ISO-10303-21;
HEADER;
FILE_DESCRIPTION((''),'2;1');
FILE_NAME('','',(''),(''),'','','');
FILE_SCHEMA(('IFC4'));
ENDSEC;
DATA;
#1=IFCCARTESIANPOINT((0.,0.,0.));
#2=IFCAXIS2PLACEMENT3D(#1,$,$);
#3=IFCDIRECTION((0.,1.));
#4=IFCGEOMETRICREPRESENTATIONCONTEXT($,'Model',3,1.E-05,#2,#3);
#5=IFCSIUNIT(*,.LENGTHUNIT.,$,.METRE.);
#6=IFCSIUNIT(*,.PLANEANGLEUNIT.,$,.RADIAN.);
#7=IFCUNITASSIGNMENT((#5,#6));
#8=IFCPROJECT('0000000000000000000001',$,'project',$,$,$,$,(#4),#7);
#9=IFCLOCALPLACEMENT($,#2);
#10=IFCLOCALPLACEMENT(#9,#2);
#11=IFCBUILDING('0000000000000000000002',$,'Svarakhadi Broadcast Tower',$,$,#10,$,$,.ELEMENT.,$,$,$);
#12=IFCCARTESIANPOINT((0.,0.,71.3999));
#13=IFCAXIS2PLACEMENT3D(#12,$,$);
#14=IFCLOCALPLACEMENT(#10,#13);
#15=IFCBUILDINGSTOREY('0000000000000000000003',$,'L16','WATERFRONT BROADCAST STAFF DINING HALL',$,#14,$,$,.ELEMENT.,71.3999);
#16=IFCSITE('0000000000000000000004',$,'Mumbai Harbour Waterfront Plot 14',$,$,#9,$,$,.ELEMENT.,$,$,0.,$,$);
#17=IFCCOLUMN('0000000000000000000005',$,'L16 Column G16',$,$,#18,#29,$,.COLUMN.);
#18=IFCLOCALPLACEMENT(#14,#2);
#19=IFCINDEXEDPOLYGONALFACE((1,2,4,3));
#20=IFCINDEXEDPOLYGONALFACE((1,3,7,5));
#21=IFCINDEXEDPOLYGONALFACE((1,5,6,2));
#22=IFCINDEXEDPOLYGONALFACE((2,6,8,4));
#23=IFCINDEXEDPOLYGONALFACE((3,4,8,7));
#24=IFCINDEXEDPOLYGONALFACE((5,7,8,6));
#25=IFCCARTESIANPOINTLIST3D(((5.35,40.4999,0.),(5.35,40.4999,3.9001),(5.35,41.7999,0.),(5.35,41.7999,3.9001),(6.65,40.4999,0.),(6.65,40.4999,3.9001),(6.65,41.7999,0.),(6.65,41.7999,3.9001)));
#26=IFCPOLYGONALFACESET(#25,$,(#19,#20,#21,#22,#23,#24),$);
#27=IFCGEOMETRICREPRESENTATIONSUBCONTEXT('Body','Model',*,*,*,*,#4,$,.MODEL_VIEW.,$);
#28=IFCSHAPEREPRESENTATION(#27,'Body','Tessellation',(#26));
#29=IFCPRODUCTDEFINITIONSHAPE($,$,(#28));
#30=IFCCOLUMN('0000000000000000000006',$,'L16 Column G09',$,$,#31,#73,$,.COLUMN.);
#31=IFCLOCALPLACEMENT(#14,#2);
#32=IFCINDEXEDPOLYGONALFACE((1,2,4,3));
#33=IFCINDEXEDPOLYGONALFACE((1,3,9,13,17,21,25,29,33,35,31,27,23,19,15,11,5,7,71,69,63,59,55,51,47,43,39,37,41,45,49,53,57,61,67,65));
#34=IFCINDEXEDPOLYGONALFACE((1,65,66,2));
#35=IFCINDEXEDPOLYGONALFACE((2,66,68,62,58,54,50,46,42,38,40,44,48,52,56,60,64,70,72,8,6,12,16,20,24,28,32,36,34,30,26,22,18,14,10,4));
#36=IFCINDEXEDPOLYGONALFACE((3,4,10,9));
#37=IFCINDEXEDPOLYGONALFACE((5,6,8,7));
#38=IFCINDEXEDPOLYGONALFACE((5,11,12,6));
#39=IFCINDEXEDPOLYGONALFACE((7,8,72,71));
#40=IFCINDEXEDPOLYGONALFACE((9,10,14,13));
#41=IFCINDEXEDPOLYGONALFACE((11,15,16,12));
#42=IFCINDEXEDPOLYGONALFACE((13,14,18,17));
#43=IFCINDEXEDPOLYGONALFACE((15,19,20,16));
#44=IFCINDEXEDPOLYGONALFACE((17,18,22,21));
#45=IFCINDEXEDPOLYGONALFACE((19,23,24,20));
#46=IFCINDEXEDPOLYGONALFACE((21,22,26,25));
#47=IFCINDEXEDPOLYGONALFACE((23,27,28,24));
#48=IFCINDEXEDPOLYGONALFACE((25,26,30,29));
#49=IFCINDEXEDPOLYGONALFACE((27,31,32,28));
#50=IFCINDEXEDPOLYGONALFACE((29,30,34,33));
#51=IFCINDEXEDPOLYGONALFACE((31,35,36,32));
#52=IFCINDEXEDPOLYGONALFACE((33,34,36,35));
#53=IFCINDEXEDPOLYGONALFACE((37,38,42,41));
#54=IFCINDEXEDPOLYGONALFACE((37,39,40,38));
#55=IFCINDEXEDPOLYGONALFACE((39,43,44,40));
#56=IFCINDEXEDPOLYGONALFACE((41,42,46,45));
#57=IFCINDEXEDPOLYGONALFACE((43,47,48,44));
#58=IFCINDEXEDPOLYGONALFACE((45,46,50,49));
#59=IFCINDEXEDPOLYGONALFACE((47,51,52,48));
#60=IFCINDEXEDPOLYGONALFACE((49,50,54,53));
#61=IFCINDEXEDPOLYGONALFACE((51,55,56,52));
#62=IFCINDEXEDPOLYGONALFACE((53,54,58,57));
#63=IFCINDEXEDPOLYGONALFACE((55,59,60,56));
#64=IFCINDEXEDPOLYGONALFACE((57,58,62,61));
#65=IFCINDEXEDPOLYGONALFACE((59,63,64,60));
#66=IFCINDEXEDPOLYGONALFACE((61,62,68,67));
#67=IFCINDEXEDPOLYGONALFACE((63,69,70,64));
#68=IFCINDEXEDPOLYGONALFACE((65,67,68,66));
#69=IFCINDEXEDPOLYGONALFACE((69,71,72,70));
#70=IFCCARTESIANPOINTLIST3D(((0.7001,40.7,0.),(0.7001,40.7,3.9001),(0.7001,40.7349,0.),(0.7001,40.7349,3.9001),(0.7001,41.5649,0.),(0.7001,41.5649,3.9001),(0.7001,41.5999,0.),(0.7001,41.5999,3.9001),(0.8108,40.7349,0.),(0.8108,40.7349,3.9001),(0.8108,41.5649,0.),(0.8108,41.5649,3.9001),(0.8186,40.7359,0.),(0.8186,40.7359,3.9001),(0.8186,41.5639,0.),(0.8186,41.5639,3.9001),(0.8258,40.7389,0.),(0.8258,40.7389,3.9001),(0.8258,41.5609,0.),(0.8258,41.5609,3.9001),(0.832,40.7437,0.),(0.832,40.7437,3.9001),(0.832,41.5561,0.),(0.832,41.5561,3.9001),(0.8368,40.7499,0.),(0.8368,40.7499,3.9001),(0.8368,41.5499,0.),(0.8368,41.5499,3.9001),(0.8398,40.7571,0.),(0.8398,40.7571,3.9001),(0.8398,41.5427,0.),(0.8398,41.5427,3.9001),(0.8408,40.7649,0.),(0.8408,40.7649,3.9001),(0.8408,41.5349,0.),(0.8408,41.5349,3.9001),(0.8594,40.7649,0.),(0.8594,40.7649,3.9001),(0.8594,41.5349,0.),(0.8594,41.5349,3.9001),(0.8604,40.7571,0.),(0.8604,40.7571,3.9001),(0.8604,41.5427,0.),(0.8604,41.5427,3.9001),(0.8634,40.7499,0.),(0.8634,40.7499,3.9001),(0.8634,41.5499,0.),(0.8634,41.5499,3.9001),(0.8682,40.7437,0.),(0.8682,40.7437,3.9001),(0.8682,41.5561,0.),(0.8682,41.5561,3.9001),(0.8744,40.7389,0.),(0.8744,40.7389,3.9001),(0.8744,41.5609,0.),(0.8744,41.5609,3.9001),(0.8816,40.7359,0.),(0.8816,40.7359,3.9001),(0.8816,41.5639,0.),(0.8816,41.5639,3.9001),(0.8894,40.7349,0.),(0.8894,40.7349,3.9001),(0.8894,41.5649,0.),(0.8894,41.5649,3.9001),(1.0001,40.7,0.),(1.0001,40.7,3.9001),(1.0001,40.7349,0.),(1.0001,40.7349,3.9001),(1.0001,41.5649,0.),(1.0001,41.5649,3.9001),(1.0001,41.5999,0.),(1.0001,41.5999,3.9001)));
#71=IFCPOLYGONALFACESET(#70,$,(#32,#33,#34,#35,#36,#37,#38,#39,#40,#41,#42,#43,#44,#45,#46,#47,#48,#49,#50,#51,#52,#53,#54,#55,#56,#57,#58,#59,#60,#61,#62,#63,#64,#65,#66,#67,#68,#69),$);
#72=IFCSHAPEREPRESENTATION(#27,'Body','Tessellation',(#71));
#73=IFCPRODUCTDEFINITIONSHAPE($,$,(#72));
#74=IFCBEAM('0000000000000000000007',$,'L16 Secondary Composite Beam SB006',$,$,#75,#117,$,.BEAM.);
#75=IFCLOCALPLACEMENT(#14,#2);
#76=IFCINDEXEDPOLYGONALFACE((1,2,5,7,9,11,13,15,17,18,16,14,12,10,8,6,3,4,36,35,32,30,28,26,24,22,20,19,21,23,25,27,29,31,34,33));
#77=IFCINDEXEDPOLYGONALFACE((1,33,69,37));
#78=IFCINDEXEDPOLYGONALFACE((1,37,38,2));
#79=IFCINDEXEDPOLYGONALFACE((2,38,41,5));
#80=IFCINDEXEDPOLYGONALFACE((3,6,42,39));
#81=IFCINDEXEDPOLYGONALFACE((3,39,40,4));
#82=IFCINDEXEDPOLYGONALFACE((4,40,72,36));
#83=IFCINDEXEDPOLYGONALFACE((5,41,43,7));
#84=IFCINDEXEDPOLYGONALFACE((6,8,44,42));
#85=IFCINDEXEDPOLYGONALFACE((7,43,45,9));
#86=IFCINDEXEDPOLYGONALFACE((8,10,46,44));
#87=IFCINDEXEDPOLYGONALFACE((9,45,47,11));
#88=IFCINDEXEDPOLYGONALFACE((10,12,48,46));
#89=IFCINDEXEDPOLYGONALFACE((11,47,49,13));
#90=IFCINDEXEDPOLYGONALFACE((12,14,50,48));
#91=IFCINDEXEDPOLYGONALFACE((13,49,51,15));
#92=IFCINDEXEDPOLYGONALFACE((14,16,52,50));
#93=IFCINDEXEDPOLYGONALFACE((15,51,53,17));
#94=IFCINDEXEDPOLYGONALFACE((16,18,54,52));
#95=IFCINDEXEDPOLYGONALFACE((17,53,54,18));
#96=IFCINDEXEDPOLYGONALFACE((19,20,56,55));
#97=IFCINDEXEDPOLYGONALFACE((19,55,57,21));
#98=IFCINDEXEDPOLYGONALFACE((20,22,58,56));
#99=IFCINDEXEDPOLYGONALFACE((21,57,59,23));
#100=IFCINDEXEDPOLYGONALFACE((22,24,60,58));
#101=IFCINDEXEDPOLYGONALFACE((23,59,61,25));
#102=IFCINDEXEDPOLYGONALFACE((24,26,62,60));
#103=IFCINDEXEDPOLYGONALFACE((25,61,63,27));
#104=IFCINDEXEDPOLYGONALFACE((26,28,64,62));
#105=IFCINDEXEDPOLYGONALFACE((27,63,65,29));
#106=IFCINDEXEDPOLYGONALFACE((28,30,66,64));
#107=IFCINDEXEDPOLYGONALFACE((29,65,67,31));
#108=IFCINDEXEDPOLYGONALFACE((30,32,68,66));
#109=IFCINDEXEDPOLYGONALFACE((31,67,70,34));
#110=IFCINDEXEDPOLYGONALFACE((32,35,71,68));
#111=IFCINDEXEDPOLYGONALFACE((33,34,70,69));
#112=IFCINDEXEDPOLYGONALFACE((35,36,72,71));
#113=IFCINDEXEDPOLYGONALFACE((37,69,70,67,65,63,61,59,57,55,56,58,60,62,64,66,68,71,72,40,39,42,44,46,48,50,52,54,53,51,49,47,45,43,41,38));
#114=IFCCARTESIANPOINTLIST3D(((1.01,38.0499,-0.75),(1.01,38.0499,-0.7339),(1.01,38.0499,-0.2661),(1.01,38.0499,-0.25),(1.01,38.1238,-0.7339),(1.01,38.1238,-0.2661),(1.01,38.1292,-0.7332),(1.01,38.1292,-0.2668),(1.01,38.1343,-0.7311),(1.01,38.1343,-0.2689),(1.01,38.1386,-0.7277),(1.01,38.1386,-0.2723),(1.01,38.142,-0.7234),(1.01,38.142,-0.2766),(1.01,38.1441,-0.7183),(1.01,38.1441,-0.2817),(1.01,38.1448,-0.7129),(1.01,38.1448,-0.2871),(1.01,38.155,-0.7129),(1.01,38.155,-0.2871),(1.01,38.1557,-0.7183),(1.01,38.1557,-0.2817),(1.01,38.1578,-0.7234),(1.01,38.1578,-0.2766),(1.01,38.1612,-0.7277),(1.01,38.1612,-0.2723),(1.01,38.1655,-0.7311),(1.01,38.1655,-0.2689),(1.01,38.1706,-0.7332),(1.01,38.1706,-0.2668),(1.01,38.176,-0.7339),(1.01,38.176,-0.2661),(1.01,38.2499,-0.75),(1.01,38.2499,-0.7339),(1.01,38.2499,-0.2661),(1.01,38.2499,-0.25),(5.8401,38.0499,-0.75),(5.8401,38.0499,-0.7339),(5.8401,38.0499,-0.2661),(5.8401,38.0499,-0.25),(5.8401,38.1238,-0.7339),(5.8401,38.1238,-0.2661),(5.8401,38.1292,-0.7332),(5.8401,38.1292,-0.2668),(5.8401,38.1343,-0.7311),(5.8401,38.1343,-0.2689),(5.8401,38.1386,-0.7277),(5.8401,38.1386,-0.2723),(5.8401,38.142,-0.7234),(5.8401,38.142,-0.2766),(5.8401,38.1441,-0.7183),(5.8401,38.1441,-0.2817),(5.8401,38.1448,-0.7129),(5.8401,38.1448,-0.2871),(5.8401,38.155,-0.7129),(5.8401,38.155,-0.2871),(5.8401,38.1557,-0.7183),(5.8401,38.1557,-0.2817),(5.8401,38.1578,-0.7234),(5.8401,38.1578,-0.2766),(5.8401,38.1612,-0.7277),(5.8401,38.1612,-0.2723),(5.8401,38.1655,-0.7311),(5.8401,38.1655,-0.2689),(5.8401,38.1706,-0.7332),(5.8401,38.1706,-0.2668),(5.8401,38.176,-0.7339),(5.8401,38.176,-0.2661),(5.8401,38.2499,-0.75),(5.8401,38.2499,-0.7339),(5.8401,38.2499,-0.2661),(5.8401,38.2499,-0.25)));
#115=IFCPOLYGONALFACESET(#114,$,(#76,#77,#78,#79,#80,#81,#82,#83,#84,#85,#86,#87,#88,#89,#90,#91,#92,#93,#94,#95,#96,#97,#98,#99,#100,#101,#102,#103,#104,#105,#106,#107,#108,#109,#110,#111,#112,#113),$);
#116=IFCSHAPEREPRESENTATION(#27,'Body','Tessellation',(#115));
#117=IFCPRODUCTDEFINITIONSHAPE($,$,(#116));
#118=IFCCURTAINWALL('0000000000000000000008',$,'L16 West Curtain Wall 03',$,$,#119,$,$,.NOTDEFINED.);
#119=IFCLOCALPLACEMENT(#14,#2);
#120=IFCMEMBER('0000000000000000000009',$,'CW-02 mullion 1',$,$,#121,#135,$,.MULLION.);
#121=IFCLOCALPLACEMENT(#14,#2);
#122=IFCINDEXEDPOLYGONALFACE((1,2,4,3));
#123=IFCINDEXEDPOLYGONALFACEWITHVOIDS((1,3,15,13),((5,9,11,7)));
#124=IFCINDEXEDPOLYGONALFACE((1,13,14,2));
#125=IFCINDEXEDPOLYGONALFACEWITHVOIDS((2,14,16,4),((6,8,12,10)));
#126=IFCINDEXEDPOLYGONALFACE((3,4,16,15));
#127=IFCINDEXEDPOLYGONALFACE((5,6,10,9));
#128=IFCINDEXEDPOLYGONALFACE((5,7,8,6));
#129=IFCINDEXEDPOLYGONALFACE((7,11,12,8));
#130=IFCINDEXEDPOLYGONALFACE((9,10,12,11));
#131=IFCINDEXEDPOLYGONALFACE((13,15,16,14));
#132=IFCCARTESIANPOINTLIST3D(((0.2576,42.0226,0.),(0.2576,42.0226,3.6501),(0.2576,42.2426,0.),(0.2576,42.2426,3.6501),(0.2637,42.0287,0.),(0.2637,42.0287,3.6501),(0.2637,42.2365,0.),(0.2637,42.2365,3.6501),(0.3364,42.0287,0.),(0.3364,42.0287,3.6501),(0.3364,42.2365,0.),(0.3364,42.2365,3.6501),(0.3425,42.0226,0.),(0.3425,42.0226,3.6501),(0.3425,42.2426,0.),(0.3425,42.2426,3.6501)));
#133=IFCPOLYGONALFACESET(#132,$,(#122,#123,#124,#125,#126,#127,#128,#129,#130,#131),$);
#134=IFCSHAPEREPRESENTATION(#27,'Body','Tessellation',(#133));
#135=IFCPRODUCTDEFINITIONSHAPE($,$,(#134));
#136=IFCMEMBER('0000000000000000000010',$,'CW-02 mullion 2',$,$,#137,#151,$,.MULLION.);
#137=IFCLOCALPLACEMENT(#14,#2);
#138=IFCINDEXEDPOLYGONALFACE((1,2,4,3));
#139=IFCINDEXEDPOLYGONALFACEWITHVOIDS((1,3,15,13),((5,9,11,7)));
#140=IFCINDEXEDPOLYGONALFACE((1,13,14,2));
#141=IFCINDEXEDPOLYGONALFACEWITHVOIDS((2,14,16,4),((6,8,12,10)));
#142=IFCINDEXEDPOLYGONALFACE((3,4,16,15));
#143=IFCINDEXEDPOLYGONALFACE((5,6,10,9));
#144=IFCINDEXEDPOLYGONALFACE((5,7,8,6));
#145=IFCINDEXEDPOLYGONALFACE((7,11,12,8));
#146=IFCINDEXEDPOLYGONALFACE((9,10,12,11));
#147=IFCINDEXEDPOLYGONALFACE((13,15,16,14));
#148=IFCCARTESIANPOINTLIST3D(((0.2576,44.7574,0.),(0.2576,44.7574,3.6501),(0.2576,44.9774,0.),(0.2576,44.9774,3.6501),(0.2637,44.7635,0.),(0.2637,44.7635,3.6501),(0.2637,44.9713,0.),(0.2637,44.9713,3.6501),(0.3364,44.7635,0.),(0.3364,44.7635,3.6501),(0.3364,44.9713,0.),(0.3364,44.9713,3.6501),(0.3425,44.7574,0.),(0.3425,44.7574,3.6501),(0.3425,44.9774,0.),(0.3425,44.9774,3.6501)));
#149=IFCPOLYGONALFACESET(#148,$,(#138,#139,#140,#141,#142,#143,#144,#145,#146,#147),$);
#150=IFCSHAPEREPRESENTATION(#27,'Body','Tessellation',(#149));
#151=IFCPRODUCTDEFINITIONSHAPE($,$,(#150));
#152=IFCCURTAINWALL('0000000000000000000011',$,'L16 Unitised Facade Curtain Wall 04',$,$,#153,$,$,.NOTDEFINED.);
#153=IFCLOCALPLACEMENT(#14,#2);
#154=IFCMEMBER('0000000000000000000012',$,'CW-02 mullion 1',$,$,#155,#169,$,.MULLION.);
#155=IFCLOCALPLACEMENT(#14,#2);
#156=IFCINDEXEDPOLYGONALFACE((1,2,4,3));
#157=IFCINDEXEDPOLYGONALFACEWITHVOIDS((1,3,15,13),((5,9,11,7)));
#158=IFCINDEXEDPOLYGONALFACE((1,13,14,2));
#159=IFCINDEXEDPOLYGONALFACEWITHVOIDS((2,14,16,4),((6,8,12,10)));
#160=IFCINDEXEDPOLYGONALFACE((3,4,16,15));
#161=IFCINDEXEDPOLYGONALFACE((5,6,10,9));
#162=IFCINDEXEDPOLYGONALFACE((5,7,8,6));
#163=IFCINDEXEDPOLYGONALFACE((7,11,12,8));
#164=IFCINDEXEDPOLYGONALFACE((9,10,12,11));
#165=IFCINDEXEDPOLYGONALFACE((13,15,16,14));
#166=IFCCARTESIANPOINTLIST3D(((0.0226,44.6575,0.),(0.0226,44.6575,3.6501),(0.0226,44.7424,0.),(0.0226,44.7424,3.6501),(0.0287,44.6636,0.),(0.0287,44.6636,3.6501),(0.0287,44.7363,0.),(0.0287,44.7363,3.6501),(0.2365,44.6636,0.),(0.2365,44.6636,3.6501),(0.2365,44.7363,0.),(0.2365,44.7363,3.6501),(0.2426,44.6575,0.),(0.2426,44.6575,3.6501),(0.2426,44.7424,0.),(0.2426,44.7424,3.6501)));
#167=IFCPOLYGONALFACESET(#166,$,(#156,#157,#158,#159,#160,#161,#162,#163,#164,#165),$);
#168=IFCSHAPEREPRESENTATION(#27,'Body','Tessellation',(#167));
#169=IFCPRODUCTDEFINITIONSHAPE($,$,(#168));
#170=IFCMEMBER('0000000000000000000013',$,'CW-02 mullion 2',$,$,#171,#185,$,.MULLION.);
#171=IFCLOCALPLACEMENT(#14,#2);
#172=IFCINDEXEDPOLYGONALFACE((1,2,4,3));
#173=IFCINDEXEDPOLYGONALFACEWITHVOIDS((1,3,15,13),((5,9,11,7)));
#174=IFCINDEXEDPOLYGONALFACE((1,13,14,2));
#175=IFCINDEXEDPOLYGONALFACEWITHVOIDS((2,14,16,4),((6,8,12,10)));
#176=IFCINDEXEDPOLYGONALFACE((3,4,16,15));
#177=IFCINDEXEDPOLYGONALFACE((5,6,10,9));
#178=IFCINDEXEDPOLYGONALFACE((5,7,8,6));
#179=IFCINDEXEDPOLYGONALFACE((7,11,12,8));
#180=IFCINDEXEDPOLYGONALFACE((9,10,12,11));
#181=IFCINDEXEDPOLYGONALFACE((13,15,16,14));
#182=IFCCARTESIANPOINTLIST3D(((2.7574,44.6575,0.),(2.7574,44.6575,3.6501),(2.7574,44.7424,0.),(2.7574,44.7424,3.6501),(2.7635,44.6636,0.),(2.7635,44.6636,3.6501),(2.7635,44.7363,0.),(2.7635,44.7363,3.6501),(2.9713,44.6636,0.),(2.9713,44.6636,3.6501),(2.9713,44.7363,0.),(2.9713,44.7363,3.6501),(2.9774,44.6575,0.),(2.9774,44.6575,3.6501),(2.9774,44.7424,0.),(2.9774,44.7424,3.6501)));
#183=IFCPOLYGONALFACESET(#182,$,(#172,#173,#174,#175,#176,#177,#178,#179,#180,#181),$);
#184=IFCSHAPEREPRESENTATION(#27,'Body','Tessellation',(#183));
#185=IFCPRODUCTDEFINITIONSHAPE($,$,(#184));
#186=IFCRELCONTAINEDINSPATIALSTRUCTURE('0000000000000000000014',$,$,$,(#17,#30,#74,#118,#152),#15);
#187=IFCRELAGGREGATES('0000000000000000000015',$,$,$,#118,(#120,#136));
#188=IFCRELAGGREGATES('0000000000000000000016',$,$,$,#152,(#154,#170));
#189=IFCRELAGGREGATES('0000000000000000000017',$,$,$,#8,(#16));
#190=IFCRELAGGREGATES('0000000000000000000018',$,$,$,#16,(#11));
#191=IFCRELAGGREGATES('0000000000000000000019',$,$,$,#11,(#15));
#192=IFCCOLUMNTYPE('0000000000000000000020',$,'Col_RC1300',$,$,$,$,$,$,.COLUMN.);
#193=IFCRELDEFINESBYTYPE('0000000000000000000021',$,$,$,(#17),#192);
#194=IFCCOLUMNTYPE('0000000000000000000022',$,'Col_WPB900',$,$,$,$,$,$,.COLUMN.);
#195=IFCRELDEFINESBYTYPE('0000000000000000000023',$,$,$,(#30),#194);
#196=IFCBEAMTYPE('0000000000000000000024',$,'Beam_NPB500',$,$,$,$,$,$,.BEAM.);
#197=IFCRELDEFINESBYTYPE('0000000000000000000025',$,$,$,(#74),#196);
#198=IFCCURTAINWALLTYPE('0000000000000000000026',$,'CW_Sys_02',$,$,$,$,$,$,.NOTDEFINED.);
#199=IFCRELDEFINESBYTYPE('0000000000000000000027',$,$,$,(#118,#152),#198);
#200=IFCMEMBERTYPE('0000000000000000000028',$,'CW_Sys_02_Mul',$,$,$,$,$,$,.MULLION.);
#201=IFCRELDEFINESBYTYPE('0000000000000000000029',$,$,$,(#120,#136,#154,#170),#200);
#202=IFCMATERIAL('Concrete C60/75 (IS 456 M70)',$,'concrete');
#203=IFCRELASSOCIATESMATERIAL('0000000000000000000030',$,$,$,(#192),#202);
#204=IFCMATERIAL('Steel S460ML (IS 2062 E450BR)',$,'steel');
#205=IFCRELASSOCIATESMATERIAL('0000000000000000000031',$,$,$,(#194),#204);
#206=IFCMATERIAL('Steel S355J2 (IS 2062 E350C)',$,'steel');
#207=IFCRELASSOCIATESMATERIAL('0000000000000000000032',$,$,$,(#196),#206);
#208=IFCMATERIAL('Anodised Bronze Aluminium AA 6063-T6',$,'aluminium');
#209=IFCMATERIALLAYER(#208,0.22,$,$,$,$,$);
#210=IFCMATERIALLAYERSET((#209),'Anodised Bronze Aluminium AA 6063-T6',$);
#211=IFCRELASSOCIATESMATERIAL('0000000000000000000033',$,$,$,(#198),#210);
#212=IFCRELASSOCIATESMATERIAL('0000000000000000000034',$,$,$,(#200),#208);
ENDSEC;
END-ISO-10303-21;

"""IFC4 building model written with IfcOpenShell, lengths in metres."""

from ifc_helpers import new_model, si_unit, direction, frame, origin, origin_2d, place, context, subcontext, project, spatial, rectangle, hollow_rectangle, i_section, extrude, material, layer, layer_set, material_profile, profile_set, type_object, element, aggregate, save


model = new_model("IFC4")

# Units and contexts
model_context = context("Model", 3, precision=1e-05, world=origin(), true_north=direction((0.0, 1.0)))
body_context = subcontext(model_context, "Body", "Model", "MODEL_VIEW")
ifc_project = project(units=[si_unit("LENGTHUNIT", "METRE"), si_unit("PLANEANGLEUNIT", "RADIAN")], contexts=[model_context])

# Site, building, storey
site_placement = place(None, origin())
site = spatial("IfcSite", under=ifc_project, at=site_placement, Name="Mumbai Harbour Waterfront Plot 14", CompositionType="ELEMENT", RefElevation=0.0)
building_placement = place(site_placement, origin())
building = spatial("IfcBuilding", under=site, at=building_placement, Name="Svarakhadi Broadcast Tower", CompositionType="ELEMENT")
storey_placement = place(building_placement, frame((0.0, 0.0, 71.3999)))
storey = spatial("IfcBuildingStorey", under=building, at=storey_placement, Name="L16", Description="WATERFRONT BROADCAST STAFF DINING HALL", CompositionType="ELEMENT", Elevation=71.3999)

# Columns
ifc_material_1 = material(Name="Concrete C60/75 (IS 456 M70)", Category="concrete")
ifc_material_profile_1 = material_profile(ifc_material_1, rectangle(XDim=1.3, YDim=1.3, at=origin_2d()), Name="RC 1300x1300")
ifc_profile_set_1 = profile_set([ifc_material_profile_1], Name="Concrete C60/75 (IS 456 M70)")
column_type_1 = type_object("IfcColumnType", Name="Col_RC1300", PredefinedType="COLUMN", material=ifc_profile_set_1)
column_1_placement = place(storey_placement, frame((6.0, 41.1499, 0.0), z_axis=(0.0, 0.0, 1.0), x_axis=(1.0, 0.0, 0.0)))
element("IfcColumn", 1, at=column_1_placement, inside=storey, type_object=column_type_1, Name="L16 Column G16", PredefinedType="COLUMN", context=body_context, shape_type="SweptSolid", body=[
    extrude(rectangle(XDim=1.3, YDim=1.3, at=origin_2d()), origin(), (0.0, 0.0, 1.0), 3.9001),
])
ifc_material_2 = material(Name="Steel S460ML (IS 2062 E450BR)", Category="steel")
ifc_material_profile_2 = material_profile(ifc_material_2, i_section(OverallWidth=0.3, OverallDepth=0.8999, WebThickness=0.0186, FlangeThickness=0.0349, FilletRadius=0.03, at=origin_2d()), Name="WPB 900x300x291")
ifc_profile_set_2 = profile_set([ifc_material_profile_2], Name="Steel S460ML (IS 2062 E450BR)")
column_type_2 = type_object("IfcColumnType", Name="Col_WPB900", PredefinedType="COLUMN", material=ifc_profile_set_2)
column_2_placement = place(storey_placement, frame((0.8501, 41.1499, 0.0), z_axis=(0.0, 0.0, 1.0), x_axis=(1.0, 0.0, 0.0)))
element("IfcColumn", 2, at=column_2_placement, inside=storey, type_object=column_type_2, Name="L16 Column G09", PredefinedType="COLUMN", context=body_context, shape_type="SweptSolid", body=[
    extrude(i_section(OverallWidth=0.3, OverallDepth=0.8999, WebThickness=0.0186, FlangeThickness=0.0349, FilletRadius=0.03, at=origin_2d()), origin(), (0.0, 0.0, 1.0), 3.9001),
])

# Beam
ifc_material_3 = material(Name="Steel S355J2 (IS 2062 E350C)", Category="steel")
ifc_material_profile_3 = material_profile(ifc_material_3, i_section(OverallWidth=0.2, OverallDepth=0.5, WebThickness=0.0103, FlangeThickness=0.0161, FilletRadius=0.021, at=origin_2d()), Name="NPB 500x200x91")
ifc_profile_set_3 = profile_set([ifc_material_profile_3], Name="Steel S355J2 (IS 2062 E350C)")
beam_type_1 = type_object("IfcBeamType", Name="Beam_NPB500", PredefinedType="BEAM", material=ifc_profile_set_3)
beam_1_placement = place(storey_placement, frame((1.01, 38.1499, -0.5), z_axis=(1.0, 0.0, 0.0), x_axis=(0.0, 1.0, 0.0)))
element("IfcBeam", 3, at=beam_1_placement, inside=storey, type_object=beam_type_1, Name="L16 Secondary Composite Beam SB006", PredefinedType="BEAM", context=body_context, shape_type="SweptSolid", body=[
    extrude(i_section(OverallWidth=0.2, OverallDepth=0.5, WebThickness=0.0103, FlangeThickness=0.0161, FilletRadius=0.021, at=origin_2d()), origin(), (0.0, 0.0, 1.0), 4.8301),
])

# Curtain walls, members
ifc_material_4 = material(Name="Anodised Bronze Aluminium AA 6063-T6", Category="aluminium")
ifc_layer_1 = layer(ifc_material_4, 0.22)
ifc_layer_set_1 = layer_set([ifc_layer_1], Name="Anodised Bronze Aluminium AA 6063-T6")
curtain_wall_type = type_object("IfcCurtainWallType", Name="CW_Sys_02", PredefinedType="NOTDEFINED", material=ifc_layer_set_1)
curtain_wall_1_placement = place(storey_placement, origin())
curtain_wall_1 = element("IfcCurtainWall", 4, at=curtain_wall_1_placement, inside=storey, type_object=curtain_wall_type, Name="L16 West Curtain Wall 03", PredefinedType="NOTDEFINED")
ifc_material_profile_4 = material_profile(ifc_material_4, hollow_rectangle(XDim=0.085, YDim=0.22, WallThickness=0.0061, at=origin_2d()), Name="ALU MULLION 220x85x6")
ifc_profile_set_4 = profile_set([ifc_material_profile_4], Name="Anodised Bronze Aluminium AA 6063-T6")
member_type_1 = type_object("IfcMemberType", Name="CW_Sys_02_Mul", PredefinedType="MULLION", material=ifc_profile_set_4)
member_1_placement = place(storey_placement, frame((0.3, 42.1326, 0.0), z_axis=(0.0, 0.0, 1.0), x_axis=(-1.0, 0.0, 0.0)))
member_1 = element("IfcMember", 5, at=member_1_placement, type_object=member_type_1, Name="CW-02 mullion 1", PredefinedType="MULLION", context=body_context, shape_type="SweptSolid", body=[
    extrude(hollow_rectangle(XDim=0.085, YDim=0.22, WallThickness=0.0061, at=origin_2d()), origin(), (0.0, 0.0, 1.0), 3.6501),
])
member_2_placement = place(storey_placement, frame((0.3, 44.8674, 0.0), z_axis=(0.0, 0.0, 1.0), x_axis=(-1.0, 0.0, 0.0)))
member_2 = element("IfcMember", 6, at=member_2_placement, type_object=member_type_1, Name="CW-02 mullion 2", PredefinedType="MULLION", context=body_context, shape_type="SweptSolid", body=[
    extrude(hollow_rectangle(XDim=0.085, YDim=0.22, WallThickness=0.0061, at=origin_2d()), origin(), (0.0, 0.0, 1.0), 3.6501),
])
curtain_wall_2_placement = place(storey_placement, origin())
curtain_wall_2 = element("IfcCurtainWall", 7, at=curtain_wall_2_placement, inside=storey, type_object=curtain_wall_type, Name="L16 Unitised Facade Curtain Wall 04", PredefinedType="NOTDEFINED")
member_3_placement = place(storey_placement, frame((0.1326, 44.7, 0.0), z_axis=(0.0, 0.0, 1.0), x_axis=(0.0, 1.0, 0.0)))
member_3 = element("IfcMember", 8, at=member_3_placement, type_object=member_type_1, Name="CW-02 mullion 1", PredefinedType="MULLION", context=body_context, shape_type="SweptSolid", body=[
    extrude(hollow_rectangle(XDim=0.085, YDim=0.22, WallThickness=0.0061, at=origin_2d()), origin(), (0.0, 0.0, 1.0), 3.6501),
])
member_4_placement = place(storey_placement, frame((2.8674, 44.7, 0.0), z_axis=(0.0, 0.0, 1.0), x_axis=(0.0, 1.0, 0.0)))
member_4 = element("IfcMember", 9, at=member_4_placement, type_object=member_type_1, Name="CW-02 mullion 2", PredefinedType="MULLION", context=body_context, shape_type="SweptSolid", body=[
    extrude(hollow_rectangle(XDim=0.085, YDim=0.22, WallThickness=0.0061, at=origin_2d()), origin(), (0.0, 0.0, 1.0), 3.6501),
])

aggregate(curtain_wall_1, [member_1, member_2])
aggregate(curtain_wall_2, [member_3, member_4])

save(model, "model.ifc")
